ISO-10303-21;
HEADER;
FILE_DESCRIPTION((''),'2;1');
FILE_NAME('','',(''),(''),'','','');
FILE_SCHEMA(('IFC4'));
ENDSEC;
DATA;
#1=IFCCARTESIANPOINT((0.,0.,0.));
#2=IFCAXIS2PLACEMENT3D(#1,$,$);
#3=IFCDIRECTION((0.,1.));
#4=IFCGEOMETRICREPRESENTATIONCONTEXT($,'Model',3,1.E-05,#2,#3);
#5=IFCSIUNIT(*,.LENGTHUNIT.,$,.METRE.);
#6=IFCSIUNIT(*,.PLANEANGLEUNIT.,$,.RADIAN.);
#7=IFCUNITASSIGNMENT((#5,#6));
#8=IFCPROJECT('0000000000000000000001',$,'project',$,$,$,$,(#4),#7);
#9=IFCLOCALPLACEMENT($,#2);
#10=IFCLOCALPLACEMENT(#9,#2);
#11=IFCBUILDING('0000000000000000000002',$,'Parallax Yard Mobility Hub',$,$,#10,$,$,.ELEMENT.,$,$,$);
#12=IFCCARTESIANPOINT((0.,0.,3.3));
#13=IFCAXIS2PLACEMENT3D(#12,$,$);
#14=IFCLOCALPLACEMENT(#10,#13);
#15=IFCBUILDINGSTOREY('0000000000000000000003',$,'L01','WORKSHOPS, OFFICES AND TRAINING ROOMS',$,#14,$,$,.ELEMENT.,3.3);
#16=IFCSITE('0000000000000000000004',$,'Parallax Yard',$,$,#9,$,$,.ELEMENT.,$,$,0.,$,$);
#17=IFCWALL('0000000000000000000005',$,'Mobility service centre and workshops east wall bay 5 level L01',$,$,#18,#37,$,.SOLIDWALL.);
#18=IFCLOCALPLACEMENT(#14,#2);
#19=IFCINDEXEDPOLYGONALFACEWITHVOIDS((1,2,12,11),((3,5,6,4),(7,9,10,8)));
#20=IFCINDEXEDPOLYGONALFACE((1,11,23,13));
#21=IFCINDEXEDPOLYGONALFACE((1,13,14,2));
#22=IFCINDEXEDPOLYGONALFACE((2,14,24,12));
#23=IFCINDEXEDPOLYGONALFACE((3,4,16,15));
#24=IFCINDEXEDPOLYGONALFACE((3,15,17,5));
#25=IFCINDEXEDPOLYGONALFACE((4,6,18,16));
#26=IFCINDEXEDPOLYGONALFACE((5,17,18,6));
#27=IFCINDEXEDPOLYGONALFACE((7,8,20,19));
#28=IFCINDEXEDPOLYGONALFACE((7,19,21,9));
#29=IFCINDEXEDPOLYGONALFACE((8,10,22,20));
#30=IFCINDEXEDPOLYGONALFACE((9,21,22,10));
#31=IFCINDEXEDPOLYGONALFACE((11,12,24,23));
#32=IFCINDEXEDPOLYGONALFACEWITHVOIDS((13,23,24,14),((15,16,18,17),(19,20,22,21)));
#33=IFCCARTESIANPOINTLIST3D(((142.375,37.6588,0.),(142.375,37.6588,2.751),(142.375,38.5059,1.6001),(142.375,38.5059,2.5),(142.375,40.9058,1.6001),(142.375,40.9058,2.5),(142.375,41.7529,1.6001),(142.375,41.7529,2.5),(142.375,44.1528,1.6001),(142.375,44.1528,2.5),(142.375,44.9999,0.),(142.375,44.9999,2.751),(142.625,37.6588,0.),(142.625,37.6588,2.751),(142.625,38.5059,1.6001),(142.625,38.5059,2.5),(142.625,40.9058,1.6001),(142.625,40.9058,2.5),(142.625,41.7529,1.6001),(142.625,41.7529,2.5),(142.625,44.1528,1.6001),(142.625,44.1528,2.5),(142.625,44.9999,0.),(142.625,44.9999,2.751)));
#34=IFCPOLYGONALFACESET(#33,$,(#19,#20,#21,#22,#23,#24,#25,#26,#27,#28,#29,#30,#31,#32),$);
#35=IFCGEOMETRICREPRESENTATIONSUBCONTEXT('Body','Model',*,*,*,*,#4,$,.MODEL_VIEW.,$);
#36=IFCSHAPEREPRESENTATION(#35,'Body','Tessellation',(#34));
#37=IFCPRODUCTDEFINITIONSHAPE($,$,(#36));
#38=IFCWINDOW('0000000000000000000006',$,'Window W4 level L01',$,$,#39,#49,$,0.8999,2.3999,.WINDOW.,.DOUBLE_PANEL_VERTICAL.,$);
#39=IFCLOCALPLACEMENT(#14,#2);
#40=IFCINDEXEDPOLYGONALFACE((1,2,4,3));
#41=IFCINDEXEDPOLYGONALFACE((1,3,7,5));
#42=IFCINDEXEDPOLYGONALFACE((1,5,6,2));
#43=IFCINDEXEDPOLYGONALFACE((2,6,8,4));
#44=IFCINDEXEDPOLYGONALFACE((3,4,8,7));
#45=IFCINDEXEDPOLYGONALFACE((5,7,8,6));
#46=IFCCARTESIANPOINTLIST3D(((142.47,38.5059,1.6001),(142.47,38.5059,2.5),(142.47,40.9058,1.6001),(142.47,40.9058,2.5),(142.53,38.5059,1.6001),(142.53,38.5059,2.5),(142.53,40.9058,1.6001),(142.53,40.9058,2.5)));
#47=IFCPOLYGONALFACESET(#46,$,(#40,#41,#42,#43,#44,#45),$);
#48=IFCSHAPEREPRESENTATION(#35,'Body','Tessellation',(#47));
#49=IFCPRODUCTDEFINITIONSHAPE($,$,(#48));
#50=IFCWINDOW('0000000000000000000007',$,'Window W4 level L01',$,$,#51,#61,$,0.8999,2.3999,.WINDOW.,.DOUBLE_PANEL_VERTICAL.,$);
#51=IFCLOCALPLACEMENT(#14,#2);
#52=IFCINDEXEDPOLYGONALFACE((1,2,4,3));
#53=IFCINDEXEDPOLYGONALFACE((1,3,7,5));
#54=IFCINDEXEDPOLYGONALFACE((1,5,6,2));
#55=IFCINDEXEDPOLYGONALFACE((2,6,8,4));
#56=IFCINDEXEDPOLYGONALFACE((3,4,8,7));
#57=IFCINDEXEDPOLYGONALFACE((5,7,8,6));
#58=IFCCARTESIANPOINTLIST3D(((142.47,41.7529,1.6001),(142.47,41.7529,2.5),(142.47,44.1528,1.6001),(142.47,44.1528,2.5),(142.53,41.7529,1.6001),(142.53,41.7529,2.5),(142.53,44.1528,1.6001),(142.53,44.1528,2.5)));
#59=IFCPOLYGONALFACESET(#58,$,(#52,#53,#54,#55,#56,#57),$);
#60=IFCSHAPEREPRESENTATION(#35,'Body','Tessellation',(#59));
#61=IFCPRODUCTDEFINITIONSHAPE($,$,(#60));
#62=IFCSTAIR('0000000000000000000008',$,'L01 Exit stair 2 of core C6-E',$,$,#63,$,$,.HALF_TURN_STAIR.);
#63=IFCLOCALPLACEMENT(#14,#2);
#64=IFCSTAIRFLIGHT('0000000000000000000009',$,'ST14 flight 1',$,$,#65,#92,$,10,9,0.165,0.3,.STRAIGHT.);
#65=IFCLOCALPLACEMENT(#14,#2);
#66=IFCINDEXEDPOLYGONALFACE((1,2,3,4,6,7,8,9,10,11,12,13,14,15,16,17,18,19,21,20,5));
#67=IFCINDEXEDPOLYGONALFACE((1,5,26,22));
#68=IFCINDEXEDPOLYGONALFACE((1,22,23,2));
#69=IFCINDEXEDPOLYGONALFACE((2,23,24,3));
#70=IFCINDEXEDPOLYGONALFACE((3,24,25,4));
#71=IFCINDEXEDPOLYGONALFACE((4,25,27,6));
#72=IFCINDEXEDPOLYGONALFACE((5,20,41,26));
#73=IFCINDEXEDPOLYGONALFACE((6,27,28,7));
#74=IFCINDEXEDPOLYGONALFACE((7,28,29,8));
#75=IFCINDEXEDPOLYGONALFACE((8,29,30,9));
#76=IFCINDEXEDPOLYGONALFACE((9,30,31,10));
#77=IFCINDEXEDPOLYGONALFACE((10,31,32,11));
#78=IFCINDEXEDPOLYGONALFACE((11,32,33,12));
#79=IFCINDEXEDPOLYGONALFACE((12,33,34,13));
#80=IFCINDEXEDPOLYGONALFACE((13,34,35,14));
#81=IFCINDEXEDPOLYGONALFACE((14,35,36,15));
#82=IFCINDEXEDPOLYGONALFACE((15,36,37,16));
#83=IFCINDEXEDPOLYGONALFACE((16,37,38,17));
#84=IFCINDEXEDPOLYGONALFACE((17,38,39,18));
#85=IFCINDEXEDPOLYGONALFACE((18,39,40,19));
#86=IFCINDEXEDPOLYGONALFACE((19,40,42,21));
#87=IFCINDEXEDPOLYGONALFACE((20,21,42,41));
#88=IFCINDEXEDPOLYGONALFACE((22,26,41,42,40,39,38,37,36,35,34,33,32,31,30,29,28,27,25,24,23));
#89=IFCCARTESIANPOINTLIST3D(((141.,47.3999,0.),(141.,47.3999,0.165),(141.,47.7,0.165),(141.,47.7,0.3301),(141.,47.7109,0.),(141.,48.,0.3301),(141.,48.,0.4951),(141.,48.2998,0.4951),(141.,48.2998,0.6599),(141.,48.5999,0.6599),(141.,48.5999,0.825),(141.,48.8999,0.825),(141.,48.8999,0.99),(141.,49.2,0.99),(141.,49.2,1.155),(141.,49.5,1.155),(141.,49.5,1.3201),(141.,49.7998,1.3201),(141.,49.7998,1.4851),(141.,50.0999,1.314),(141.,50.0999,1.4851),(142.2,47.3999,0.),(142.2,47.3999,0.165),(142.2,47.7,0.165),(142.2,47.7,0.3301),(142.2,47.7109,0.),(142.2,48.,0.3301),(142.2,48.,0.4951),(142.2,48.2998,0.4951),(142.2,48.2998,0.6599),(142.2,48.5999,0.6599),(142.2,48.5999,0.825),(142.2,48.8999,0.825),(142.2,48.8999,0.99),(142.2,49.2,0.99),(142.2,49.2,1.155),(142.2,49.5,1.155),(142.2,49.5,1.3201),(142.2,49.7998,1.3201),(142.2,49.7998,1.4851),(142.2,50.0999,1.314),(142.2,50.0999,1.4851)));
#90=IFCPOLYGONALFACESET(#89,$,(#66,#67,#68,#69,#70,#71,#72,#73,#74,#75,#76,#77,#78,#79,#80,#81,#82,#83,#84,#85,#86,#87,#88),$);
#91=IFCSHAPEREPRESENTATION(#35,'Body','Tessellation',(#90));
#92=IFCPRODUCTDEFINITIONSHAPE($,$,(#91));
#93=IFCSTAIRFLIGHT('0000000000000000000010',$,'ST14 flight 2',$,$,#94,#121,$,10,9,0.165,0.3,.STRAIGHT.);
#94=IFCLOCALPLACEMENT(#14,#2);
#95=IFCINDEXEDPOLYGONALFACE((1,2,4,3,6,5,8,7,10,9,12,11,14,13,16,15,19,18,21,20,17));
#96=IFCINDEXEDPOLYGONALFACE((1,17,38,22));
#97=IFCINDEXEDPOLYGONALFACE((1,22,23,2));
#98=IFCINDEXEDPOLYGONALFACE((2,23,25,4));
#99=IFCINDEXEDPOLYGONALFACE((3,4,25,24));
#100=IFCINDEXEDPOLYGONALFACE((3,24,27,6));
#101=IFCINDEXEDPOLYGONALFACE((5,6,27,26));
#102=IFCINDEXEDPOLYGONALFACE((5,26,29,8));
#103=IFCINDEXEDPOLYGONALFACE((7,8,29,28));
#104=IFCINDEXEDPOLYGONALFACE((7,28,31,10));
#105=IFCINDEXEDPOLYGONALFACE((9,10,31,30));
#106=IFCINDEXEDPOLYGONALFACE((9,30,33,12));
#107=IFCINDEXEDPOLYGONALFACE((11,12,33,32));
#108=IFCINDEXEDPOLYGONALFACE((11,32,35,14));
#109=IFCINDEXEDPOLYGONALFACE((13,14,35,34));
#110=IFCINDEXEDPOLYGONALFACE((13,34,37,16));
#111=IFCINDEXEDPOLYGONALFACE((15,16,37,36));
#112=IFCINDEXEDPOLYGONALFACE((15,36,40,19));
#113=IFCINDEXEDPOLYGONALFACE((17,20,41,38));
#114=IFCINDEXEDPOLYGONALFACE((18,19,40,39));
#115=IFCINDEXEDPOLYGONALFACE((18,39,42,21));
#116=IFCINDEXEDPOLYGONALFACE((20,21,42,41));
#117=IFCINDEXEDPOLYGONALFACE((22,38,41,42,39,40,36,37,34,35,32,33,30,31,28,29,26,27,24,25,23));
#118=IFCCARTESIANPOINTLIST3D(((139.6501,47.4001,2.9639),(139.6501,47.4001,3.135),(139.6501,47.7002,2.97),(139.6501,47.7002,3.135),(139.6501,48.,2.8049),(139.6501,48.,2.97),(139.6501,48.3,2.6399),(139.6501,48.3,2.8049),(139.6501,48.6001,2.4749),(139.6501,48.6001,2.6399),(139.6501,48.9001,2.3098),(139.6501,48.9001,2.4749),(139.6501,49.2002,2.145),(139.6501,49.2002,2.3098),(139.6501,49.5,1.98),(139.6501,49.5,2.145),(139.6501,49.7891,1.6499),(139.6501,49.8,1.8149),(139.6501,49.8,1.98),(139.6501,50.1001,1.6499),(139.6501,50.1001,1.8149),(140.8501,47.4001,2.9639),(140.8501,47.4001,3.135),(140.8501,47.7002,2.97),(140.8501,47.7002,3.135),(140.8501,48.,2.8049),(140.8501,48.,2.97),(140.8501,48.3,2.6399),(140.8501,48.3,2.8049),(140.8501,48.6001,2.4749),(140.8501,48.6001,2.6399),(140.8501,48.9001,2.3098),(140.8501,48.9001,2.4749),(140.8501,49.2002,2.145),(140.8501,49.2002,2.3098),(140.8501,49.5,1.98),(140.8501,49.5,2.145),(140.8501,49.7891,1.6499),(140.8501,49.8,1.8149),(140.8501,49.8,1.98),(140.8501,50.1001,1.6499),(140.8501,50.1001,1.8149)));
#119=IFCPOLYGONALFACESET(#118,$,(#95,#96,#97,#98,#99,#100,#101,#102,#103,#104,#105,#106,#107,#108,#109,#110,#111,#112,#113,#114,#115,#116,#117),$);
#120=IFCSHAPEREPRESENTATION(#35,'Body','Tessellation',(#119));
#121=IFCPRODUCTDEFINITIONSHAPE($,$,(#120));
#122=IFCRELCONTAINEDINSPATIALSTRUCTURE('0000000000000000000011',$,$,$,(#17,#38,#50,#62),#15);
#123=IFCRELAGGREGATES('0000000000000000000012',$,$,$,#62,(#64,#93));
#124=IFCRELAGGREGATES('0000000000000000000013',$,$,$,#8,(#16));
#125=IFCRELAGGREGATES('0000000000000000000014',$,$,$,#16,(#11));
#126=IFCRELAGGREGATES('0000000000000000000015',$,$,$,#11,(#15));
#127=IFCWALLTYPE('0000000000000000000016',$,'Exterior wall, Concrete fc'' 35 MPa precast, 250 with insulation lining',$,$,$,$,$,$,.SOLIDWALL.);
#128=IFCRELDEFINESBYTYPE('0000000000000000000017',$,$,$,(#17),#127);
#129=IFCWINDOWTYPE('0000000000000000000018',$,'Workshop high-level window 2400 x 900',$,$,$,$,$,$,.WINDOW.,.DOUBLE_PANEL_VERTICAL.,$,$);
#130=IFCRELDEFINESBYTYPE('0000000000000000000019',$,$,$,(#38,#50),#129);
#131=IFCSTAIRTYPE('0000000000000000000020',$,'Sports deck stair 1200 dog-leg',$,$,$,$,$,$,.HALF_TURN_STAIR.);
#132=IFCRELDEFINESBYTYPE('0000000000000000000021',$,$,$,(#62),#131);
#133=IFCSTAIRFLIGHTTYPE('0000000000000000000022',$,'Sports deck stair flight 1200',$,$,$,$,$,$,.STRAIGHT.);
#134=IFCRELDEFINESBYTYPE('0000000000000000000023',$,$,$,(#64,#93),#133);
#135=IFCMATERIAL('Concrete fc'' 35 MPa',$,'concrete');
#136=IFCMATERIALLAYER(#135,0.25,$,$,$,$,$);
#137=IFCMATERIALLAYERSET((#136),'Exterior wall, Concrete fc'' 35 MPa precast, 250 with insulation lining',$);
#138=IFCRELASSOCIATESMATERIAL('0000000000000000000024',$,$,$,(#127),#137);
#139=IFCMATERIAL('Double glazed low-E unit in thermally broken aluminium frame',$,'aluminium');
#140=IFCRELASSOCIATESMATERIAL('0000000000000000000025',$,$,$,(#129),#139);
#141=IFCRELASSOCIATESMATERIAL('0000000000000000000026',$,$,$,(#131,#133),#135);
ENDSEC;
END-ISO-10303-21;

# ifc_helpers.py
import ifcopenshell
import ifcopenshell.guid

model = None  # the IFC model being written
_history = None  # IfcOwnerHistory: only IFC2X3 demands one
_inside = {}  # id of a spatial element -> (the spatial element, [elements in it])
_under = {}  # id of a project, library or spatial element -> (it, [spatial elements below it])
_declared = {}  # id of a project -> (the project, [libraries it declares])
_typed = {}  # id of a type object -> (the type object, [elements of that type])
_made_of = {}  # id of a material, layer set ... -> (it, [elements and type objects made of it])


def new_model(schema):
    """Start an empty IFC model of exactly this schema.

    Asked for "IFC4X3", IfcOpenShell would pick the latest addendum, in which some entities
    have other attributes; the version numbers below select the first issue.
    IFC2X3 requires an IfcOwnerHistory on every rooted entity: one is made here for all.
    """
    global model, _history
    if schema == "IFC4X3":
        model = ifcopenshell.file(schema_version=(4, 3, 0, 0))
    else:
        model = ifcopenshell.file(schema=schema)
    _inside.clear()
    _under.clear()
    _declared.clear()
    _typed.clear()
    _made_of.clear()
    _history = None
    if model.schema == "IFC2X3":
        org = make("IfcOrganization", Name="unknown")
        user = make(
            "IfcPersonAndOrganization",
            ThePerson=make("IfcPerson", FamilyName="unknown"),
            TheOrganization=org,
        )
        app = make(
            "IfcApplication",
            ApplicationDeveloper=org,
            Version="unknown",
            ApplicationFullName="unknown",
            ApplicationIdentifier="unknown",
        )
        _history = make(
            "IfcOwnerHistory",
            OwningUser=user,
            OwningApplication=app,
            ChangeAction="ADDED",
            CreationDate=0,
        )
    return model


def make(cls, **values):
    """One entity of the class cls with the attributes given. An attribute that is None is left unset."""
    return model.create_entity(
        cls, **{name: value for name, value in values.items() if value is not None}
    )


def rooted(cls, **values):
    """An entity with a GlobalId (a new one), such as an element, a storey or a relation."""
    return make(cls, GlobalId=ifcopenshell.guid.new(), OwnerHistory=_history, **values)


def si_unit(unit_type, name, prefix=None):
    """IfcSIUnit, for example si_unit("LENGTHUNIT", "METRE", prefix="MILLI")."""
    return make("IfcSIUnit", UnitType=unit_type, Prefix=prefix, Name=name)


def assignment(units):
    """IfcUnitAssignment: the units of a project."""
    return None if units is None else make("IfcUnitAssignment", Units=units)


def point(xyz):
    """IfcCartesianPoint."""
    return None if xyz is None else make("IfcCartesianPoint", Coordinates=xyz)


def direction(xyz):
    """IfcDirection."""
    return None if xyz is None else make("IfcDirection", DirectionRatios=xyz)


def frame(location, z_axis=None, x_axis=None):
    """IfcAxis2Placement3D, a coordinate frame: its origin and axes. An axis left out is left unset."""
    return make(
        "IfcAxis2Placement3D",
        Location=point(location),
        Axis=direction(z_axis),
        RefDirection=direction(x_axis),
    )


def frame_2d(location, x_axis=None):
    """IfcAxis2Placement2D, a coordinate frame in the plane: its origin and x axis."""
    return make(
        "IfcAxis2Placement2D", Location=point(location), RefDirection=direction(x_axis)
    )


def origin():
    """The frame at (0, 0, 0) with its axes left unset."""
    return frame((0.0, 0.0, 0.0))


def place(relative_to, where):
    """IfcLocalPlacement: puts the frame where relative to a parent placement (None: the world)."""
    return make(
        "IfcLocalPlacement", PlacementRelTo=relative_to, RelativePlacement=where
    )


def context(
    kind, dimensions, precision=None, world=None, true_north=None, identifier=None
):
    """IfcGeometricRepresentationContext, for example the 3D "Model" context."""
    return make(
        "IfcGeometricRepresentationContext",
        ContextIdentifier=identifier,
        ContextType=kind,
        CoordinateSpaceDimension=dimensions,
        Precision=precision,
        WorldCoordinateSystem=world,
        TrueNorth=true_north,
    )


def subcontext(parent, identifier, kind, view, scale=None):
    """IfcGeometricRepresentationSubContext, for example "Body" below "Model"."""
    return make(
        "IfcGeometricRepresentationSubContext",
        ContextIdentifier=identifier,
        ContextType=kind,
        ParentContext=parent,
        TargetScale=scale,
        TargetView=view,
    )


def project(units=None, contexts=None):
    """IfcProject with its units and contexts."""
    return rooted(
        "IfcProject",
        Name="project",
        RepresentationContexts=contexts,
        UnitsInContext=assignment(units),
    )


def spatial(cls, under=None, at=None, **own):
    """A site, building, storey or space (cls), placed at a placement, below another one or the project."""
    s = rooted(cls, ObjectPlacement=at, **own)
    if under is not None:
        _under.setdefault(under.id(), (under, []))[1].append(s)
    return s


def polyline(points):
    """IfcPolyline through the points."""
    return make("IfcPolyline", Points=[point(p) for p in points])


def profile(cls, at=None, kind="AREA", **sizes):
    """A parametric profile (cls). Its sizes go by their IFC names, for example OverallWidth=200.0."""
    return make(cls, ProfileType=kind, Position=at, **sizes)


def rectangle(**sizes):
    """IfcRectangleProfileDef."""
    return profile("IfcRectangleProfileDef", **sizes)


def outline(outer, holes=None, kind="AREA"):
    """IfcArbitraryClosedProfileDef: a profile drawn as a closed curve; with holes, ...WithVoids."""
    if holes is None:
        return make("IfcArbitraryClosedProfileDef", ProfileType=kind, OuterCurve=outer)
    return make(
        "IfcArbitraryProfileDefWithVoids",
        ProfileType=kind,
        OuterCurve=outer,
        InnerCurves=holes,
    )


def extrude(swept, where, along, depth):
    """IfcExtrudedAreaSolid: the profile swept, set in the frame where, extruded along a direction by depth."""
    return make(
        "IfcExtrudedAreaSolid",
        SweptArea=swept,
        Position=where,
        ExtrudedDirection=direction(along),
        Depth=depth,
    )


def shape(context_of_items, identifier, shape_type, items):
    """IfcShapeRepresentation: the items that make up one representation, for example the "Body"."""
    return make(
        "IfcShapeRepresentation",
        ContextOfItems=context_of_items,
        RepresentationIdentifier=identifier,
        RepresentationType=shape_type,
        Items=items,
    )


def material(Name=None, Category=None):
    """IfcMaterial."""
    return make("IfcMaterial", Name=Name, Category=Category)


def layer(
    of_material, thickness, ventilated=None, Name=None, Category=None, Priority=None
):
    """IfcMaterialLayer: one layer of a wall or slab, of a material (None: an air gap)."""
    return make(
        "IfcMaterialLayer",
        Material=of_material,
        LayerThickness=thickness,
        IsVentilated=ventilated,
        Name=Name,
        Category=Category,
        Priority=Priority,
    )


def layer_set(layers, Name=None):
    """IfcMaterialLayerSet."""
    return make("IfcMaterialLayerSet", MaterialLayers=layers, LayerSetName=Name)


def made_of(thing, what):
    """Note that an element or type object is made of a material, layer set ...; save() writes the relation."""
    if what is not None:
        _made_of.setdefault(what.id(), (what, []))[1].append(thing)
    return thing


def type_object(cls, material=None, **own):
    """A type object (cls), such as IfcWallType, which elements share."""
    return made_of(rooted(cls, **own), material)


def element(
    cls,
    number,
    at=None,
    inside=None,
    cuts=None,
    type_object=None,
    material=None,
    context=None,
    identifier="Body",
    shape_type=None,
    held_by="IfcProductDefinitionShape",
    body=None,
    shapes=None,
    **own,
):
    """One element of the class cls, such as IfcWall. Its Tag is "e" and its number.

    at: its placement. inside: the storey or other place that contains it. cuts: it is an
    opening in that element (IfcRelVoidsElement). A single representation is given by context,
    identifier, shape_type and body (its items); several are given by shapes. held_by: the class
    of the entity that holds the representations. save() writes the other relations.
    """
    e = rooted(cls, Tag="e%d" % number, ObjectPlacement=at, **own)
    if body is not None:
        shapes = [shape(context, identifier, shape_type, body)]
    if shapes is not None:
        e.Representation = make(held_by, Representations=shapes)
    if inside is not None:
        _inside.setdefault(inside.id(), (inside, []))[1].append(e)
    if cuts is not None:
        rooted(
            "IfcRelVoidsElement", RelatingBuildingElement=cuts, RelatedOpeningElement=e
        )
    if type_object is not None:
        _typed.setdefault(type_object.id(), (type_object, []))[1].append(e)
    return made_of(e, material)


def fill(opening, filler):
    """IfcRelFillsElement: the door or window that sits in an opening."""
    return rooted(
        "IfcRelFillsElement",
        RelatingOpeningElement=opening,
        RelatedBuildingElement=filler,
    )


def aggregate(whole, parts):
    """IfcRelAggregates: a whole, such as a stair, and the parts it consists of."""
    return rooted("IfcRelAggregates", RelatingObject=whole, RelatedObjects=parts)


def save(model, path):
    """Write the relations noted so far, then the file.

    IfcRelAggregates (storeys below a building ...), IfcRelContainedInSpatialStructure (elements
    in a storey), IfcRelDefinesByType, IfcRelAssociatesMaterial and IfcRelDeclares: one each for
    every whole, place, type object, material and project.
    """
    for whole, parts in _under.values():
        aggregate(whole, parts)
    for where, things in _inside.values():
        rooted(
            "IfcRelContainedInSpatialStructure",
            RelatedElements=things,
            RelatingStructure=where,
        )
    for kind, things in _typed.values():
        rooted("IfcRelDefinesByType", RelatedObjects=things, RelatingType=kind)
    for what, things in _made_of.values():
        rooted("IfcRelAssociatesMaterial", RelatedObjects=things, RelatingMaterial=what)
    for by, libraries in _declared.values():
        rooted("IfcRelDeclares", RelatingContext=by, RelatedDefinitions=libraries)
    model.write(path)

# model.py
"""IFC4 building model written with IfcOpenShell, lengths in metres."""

from ifc_helpers import new_model, si_unit, direction, frame, frame_2d, origin, place, context, subcontext, project, spatial, polyline, rectangle, outline, extrude, material, layer, layer_set, type_object, element, fill, aggregate, save


model = new_model("IFC4")

# Units and contexts
model_context = context("Model", 3, precision=1e-05, world=origin(), true_north=direction((0.0, 1.0)))
body_context = subcontext(model_context, "Body", "Model", "MODEL_VIEW")
ifc_project = project(units=[si_unit("LENGTHUNIT", "METRE"), si_unit("PLANEANGLEUNIT", "RADIAN")], contexts=[model_context])

# Site, building, storey
site_placement = place(None, origin())
site = spatial("IfcSite", under=ifc_project, at=site_placement, Name="Parallax Yard", CompositionType="ELEMENT", RefElevation=0.0)
building_placement = place(site_placement, origin())
building = spatial("IfcBuilding", under=site, at=building_placement, Name="Parallax Yard Mobility Hub", CompositionType="ELEMENT")
storey_placement = place(building_placement, frame((0.0, 0.0, 3.3)))
storey = spatial("IfcBuildingStorey", under=building, at=storey_placement, Name="L01", Description="WORKSHOPS, OFFICES AND TRAINING ROOMS", CompositionType="ELEMENT", Elevation=3.3)

# Shared definitions
ifc_material_1 = material(Name="Concrete fc' 35 MPa", Category="concrete")

# Wall, openings, windows
ifc_layer_1 = layer(ifc_material_1, 0.25)
ifc_layer_set_1 = layer_set([ifc_layer_1], Name="Exterior wall, Concrete fc' 35 MPa precast, 250 with insulation lining")
wall_type_1 = type_object("IfcWallType", Name="Exterior wall, Concrete fc' 35 MPa precast, 250 with insulation lining", PredefinedType="SOLIDWALL", material=ifc_layer_set_1)
wall_1_placement = place(storey_placement, frame((142.5, 37.6589, 0.0), z_axis=(0.0, 0.0, 1.0), x_axis=(0.0, 1.0, 0.0)))
wall_1 = element("IfcWall", 1, at=wall_1_placement, inside=storey, type_object=wall_type_1, Name="Mobility service centre and workshops east wall bay 5 level L01", PredefinedType="SOLIDWALL", context=body_context, shape_type="SweptSolid", body=[
    extrude(rectangle(XDim=7.3411, YDim=0.25, at=frame_2d((3.6704, 0.0))), origin(), (0.0, 0.0, 1.0), 2.751),
])
opening_1_placement = place(wall_1_placement, frame((0.8469, 0.0, 1.6001)))
opening_1 = element("IfcOpeningElement", 2, at=opening_1_placement, cuts=wall_1, PredefinedType="OPENING", context=body_context, shape_type="SweptSolid", body=[
    extrude(rectangle(XDim=2.3999, YDim=0.8999, at=frame_2d((1.2, 0.45))), frame((0.0, 0.135, 0.0), z_axis=(0.0, -1.0, 0.0), x_axis=(1.0, 0.0, 0.0)), (0.0, 0.0, 1.0), 0.27),
])
opening_2_placement = place(wall_1_placement, frame((4.094, 0.0, 1.6001)))
opening_2 = element("IfcOpeningElement", 3, at=opening_2_placement, cuts=wall_1, PredefinedType="OPENING", context=body_context, shape_type="SweptSolid", body=[
    extrude(rectangle(XDim=2.3999, YDim=0.8999, at=frame_2d((1.2, 0.45))), frame((0.0, 0.135, 0.0), z_axis=(0.0, -1.0, 0.0), x_axis=(1.0, 0.0, 0.0)), (0.0, 0.0, 1.0), 0.27),
])
ifc_material_2 = material(Name="Double glazed low-E unit in thermally broken aluminium frame", Category="aluminium")
window_type = type_object("IfcWindowType", Name="Workshop high-level window 2400 x 900", PartitioningType="DOUBLE_PANEL_VERTICAL", PredefinedType="WINDOW", material=ifc_material_2)
window_1_placement = place(opening_1_placement, origin())
window_1 = element("IfcWindow", 4, at=window_1_placement, inside=storey, type_object=window_type, Name="Window W4 level L01", OverallHeight=0.8999, OverallWidth=2.3999, PartitioningType="DOUBLE_PANEL_VERTICAL", PredefinedType="WINDOW", context=body_context, shape_type="SweptSolid", body=[
    extrude(rectangle(XDim=2.3999, YDim=0.8999, at=frame_2d((1.2, 0.45))), frame((0.0, 0.03, 0.0), z_axis=(0.0, -1.0, 0.0), x_axis=(1.0, 0.0, 0.0)), (0.0, 0.0, 1.0), 0.0601),
])
fill(opening_1, window_1)
window_2_placement = place(opening_2_placement, origin())
window_2 = element("IfcWindow", 5, at=window_2_placement, inside=storey, type_object=window_type, Name="Window W4 level L01", OverallHeight=0.8999, OverallWidth=2.3999, PartitioningType="DOUBLE_PANEL_VERTICAL", PredefinedType="WINDOW", context=body_context, shape_type="SweptSolid", body=[
    extrude(rectangle(XDim=2.3999, YDim=0.8999, at=frame_2d((1.2, 0.45))), frame((0.0, 0.03, 0.0), z_axis=(0.0, -1.0, 0.0), x_axis=(1.0, 0.0, 0.0)), (0.0, 0.0, 1.0), 0.0601),
])
fill(opening_2, window_2)

# Stair, stair flights
stair_type = type_object("IfcStairType", Name="Sports deck stair 1200 dog-leg", PredefinedType="HALF_TURN_STAIR", material=ifc_material_1)
stair_placement = place(storey_placement, origin())
stair = element("IfcStair", 6, at=stair_placement, inside=storey, type_object=stair_type, Name="L01 Exit stair 2 of core C6-E", PredefinedType="HALF_TURN_STAIR")
stair_flight_type = type_object("IfcStairFlightType", Name="Sports deck stair flight 1200", PredefinedType="STRAIGHT", material=ifc_material_1)
stair_flight_1_placement = place(storey_placement, frame((141.6001, 47.3999, 0.0), z_axis=(0.0, 0.0, 1.0), x_axis=(0.0, 1.0, 0.0)))
stair_flight_1 = element("IfcStairFlight", 7, at=stair_flight_1_placement, type_object=stair_flight_type, Name="ST14 flight 1", NumberOfRisers=10, NumberOfTreads=9, PredefinedType="STRAIGHT", RiserHeight=0.165, TreadLength=0.3, context=body_context, shape_type="SweptSolid", body=[
    extrude(outline(polyline([(0.0, 0.0), (0.0, 0.165), (0.3, 0.165), (0.3, 0.3301), (0.6001, 0.3301), (0.6001, 0.4951), (0.8999, 0.4951), (0.8999, 0.6599), (1.2, 0.6599), (1.2, 0.825), (1.5, 0.825), (1.5, 0.99), (1.8, 0.99), (1.8, 1.155), (2.1001, 1.155), (2.1001, 1.3201), (2.3999, 1.3201), (2.3999, 1.4851), (2.7, 1.4851), (2.7, 1.6499), (2.7, 1.314), (0.311, 0.0), (0.0, 0.0)])), frame((0.0, 0.6001, 0.0), z_axis=(0.0, -1.0, 0.0), x_axis=(1.0, 0.0, 0.0)), (0.0, 0.0, 1.0), 1.2),
])
stair_flight_2_placement = place(storey_placement, frame((140.25, 50.1001, 1.6499), z_axis=(0.0, 0.0, 1.0), x_axis=(0.0, -1.0, 0.0)))
stair_flight_2 = element("IfcStairFlight", 8, at=stair_flight_2_placement, type_object=stair_flight_type, Name="ST14 flight 2", NumberOfRisers=10, NumberOfTreads=9, PredefinedType="STRAIGHT", RiserHeight=0.165, TreadLength=0.3, context=body_context, shape_type="SweptSolid", body=[
    extrude(outline(polyline([(0.0, 0.0), (0.0, 0.165), (0.3, 0.165), (0.3, 0.3301), (0.6001, 0.3301), (0.6001, 0.4951), (0.8999, 0.4951), (0.8999, 0.6599), (1.2, 0.6599), (1.2, 0.825), (1.5, 0.825), (1.5, 0.99), (1.8, 0.99), (1.8, 1.155), (2.1001, 1.155), (2.1001, 1.3201), (2.3999, 1.3201), (2.3999, 1.4851), (2.7, 1.4851), (2.7, 1.6499), (2.7, 1.314), (0.311, 0.0), (0.0, 0.0)])), frame((0.0, 0.6001, 0.0), z_axis=(0.0, -1.0, 0.0), x_axis=(1.0, 0.0, 0.0)), (0.0, 0.0, 1.0), 1.2),
])
aggregate(stair, [stair_flight_1, stair_flight_2])

save(model, "model.ifc")
